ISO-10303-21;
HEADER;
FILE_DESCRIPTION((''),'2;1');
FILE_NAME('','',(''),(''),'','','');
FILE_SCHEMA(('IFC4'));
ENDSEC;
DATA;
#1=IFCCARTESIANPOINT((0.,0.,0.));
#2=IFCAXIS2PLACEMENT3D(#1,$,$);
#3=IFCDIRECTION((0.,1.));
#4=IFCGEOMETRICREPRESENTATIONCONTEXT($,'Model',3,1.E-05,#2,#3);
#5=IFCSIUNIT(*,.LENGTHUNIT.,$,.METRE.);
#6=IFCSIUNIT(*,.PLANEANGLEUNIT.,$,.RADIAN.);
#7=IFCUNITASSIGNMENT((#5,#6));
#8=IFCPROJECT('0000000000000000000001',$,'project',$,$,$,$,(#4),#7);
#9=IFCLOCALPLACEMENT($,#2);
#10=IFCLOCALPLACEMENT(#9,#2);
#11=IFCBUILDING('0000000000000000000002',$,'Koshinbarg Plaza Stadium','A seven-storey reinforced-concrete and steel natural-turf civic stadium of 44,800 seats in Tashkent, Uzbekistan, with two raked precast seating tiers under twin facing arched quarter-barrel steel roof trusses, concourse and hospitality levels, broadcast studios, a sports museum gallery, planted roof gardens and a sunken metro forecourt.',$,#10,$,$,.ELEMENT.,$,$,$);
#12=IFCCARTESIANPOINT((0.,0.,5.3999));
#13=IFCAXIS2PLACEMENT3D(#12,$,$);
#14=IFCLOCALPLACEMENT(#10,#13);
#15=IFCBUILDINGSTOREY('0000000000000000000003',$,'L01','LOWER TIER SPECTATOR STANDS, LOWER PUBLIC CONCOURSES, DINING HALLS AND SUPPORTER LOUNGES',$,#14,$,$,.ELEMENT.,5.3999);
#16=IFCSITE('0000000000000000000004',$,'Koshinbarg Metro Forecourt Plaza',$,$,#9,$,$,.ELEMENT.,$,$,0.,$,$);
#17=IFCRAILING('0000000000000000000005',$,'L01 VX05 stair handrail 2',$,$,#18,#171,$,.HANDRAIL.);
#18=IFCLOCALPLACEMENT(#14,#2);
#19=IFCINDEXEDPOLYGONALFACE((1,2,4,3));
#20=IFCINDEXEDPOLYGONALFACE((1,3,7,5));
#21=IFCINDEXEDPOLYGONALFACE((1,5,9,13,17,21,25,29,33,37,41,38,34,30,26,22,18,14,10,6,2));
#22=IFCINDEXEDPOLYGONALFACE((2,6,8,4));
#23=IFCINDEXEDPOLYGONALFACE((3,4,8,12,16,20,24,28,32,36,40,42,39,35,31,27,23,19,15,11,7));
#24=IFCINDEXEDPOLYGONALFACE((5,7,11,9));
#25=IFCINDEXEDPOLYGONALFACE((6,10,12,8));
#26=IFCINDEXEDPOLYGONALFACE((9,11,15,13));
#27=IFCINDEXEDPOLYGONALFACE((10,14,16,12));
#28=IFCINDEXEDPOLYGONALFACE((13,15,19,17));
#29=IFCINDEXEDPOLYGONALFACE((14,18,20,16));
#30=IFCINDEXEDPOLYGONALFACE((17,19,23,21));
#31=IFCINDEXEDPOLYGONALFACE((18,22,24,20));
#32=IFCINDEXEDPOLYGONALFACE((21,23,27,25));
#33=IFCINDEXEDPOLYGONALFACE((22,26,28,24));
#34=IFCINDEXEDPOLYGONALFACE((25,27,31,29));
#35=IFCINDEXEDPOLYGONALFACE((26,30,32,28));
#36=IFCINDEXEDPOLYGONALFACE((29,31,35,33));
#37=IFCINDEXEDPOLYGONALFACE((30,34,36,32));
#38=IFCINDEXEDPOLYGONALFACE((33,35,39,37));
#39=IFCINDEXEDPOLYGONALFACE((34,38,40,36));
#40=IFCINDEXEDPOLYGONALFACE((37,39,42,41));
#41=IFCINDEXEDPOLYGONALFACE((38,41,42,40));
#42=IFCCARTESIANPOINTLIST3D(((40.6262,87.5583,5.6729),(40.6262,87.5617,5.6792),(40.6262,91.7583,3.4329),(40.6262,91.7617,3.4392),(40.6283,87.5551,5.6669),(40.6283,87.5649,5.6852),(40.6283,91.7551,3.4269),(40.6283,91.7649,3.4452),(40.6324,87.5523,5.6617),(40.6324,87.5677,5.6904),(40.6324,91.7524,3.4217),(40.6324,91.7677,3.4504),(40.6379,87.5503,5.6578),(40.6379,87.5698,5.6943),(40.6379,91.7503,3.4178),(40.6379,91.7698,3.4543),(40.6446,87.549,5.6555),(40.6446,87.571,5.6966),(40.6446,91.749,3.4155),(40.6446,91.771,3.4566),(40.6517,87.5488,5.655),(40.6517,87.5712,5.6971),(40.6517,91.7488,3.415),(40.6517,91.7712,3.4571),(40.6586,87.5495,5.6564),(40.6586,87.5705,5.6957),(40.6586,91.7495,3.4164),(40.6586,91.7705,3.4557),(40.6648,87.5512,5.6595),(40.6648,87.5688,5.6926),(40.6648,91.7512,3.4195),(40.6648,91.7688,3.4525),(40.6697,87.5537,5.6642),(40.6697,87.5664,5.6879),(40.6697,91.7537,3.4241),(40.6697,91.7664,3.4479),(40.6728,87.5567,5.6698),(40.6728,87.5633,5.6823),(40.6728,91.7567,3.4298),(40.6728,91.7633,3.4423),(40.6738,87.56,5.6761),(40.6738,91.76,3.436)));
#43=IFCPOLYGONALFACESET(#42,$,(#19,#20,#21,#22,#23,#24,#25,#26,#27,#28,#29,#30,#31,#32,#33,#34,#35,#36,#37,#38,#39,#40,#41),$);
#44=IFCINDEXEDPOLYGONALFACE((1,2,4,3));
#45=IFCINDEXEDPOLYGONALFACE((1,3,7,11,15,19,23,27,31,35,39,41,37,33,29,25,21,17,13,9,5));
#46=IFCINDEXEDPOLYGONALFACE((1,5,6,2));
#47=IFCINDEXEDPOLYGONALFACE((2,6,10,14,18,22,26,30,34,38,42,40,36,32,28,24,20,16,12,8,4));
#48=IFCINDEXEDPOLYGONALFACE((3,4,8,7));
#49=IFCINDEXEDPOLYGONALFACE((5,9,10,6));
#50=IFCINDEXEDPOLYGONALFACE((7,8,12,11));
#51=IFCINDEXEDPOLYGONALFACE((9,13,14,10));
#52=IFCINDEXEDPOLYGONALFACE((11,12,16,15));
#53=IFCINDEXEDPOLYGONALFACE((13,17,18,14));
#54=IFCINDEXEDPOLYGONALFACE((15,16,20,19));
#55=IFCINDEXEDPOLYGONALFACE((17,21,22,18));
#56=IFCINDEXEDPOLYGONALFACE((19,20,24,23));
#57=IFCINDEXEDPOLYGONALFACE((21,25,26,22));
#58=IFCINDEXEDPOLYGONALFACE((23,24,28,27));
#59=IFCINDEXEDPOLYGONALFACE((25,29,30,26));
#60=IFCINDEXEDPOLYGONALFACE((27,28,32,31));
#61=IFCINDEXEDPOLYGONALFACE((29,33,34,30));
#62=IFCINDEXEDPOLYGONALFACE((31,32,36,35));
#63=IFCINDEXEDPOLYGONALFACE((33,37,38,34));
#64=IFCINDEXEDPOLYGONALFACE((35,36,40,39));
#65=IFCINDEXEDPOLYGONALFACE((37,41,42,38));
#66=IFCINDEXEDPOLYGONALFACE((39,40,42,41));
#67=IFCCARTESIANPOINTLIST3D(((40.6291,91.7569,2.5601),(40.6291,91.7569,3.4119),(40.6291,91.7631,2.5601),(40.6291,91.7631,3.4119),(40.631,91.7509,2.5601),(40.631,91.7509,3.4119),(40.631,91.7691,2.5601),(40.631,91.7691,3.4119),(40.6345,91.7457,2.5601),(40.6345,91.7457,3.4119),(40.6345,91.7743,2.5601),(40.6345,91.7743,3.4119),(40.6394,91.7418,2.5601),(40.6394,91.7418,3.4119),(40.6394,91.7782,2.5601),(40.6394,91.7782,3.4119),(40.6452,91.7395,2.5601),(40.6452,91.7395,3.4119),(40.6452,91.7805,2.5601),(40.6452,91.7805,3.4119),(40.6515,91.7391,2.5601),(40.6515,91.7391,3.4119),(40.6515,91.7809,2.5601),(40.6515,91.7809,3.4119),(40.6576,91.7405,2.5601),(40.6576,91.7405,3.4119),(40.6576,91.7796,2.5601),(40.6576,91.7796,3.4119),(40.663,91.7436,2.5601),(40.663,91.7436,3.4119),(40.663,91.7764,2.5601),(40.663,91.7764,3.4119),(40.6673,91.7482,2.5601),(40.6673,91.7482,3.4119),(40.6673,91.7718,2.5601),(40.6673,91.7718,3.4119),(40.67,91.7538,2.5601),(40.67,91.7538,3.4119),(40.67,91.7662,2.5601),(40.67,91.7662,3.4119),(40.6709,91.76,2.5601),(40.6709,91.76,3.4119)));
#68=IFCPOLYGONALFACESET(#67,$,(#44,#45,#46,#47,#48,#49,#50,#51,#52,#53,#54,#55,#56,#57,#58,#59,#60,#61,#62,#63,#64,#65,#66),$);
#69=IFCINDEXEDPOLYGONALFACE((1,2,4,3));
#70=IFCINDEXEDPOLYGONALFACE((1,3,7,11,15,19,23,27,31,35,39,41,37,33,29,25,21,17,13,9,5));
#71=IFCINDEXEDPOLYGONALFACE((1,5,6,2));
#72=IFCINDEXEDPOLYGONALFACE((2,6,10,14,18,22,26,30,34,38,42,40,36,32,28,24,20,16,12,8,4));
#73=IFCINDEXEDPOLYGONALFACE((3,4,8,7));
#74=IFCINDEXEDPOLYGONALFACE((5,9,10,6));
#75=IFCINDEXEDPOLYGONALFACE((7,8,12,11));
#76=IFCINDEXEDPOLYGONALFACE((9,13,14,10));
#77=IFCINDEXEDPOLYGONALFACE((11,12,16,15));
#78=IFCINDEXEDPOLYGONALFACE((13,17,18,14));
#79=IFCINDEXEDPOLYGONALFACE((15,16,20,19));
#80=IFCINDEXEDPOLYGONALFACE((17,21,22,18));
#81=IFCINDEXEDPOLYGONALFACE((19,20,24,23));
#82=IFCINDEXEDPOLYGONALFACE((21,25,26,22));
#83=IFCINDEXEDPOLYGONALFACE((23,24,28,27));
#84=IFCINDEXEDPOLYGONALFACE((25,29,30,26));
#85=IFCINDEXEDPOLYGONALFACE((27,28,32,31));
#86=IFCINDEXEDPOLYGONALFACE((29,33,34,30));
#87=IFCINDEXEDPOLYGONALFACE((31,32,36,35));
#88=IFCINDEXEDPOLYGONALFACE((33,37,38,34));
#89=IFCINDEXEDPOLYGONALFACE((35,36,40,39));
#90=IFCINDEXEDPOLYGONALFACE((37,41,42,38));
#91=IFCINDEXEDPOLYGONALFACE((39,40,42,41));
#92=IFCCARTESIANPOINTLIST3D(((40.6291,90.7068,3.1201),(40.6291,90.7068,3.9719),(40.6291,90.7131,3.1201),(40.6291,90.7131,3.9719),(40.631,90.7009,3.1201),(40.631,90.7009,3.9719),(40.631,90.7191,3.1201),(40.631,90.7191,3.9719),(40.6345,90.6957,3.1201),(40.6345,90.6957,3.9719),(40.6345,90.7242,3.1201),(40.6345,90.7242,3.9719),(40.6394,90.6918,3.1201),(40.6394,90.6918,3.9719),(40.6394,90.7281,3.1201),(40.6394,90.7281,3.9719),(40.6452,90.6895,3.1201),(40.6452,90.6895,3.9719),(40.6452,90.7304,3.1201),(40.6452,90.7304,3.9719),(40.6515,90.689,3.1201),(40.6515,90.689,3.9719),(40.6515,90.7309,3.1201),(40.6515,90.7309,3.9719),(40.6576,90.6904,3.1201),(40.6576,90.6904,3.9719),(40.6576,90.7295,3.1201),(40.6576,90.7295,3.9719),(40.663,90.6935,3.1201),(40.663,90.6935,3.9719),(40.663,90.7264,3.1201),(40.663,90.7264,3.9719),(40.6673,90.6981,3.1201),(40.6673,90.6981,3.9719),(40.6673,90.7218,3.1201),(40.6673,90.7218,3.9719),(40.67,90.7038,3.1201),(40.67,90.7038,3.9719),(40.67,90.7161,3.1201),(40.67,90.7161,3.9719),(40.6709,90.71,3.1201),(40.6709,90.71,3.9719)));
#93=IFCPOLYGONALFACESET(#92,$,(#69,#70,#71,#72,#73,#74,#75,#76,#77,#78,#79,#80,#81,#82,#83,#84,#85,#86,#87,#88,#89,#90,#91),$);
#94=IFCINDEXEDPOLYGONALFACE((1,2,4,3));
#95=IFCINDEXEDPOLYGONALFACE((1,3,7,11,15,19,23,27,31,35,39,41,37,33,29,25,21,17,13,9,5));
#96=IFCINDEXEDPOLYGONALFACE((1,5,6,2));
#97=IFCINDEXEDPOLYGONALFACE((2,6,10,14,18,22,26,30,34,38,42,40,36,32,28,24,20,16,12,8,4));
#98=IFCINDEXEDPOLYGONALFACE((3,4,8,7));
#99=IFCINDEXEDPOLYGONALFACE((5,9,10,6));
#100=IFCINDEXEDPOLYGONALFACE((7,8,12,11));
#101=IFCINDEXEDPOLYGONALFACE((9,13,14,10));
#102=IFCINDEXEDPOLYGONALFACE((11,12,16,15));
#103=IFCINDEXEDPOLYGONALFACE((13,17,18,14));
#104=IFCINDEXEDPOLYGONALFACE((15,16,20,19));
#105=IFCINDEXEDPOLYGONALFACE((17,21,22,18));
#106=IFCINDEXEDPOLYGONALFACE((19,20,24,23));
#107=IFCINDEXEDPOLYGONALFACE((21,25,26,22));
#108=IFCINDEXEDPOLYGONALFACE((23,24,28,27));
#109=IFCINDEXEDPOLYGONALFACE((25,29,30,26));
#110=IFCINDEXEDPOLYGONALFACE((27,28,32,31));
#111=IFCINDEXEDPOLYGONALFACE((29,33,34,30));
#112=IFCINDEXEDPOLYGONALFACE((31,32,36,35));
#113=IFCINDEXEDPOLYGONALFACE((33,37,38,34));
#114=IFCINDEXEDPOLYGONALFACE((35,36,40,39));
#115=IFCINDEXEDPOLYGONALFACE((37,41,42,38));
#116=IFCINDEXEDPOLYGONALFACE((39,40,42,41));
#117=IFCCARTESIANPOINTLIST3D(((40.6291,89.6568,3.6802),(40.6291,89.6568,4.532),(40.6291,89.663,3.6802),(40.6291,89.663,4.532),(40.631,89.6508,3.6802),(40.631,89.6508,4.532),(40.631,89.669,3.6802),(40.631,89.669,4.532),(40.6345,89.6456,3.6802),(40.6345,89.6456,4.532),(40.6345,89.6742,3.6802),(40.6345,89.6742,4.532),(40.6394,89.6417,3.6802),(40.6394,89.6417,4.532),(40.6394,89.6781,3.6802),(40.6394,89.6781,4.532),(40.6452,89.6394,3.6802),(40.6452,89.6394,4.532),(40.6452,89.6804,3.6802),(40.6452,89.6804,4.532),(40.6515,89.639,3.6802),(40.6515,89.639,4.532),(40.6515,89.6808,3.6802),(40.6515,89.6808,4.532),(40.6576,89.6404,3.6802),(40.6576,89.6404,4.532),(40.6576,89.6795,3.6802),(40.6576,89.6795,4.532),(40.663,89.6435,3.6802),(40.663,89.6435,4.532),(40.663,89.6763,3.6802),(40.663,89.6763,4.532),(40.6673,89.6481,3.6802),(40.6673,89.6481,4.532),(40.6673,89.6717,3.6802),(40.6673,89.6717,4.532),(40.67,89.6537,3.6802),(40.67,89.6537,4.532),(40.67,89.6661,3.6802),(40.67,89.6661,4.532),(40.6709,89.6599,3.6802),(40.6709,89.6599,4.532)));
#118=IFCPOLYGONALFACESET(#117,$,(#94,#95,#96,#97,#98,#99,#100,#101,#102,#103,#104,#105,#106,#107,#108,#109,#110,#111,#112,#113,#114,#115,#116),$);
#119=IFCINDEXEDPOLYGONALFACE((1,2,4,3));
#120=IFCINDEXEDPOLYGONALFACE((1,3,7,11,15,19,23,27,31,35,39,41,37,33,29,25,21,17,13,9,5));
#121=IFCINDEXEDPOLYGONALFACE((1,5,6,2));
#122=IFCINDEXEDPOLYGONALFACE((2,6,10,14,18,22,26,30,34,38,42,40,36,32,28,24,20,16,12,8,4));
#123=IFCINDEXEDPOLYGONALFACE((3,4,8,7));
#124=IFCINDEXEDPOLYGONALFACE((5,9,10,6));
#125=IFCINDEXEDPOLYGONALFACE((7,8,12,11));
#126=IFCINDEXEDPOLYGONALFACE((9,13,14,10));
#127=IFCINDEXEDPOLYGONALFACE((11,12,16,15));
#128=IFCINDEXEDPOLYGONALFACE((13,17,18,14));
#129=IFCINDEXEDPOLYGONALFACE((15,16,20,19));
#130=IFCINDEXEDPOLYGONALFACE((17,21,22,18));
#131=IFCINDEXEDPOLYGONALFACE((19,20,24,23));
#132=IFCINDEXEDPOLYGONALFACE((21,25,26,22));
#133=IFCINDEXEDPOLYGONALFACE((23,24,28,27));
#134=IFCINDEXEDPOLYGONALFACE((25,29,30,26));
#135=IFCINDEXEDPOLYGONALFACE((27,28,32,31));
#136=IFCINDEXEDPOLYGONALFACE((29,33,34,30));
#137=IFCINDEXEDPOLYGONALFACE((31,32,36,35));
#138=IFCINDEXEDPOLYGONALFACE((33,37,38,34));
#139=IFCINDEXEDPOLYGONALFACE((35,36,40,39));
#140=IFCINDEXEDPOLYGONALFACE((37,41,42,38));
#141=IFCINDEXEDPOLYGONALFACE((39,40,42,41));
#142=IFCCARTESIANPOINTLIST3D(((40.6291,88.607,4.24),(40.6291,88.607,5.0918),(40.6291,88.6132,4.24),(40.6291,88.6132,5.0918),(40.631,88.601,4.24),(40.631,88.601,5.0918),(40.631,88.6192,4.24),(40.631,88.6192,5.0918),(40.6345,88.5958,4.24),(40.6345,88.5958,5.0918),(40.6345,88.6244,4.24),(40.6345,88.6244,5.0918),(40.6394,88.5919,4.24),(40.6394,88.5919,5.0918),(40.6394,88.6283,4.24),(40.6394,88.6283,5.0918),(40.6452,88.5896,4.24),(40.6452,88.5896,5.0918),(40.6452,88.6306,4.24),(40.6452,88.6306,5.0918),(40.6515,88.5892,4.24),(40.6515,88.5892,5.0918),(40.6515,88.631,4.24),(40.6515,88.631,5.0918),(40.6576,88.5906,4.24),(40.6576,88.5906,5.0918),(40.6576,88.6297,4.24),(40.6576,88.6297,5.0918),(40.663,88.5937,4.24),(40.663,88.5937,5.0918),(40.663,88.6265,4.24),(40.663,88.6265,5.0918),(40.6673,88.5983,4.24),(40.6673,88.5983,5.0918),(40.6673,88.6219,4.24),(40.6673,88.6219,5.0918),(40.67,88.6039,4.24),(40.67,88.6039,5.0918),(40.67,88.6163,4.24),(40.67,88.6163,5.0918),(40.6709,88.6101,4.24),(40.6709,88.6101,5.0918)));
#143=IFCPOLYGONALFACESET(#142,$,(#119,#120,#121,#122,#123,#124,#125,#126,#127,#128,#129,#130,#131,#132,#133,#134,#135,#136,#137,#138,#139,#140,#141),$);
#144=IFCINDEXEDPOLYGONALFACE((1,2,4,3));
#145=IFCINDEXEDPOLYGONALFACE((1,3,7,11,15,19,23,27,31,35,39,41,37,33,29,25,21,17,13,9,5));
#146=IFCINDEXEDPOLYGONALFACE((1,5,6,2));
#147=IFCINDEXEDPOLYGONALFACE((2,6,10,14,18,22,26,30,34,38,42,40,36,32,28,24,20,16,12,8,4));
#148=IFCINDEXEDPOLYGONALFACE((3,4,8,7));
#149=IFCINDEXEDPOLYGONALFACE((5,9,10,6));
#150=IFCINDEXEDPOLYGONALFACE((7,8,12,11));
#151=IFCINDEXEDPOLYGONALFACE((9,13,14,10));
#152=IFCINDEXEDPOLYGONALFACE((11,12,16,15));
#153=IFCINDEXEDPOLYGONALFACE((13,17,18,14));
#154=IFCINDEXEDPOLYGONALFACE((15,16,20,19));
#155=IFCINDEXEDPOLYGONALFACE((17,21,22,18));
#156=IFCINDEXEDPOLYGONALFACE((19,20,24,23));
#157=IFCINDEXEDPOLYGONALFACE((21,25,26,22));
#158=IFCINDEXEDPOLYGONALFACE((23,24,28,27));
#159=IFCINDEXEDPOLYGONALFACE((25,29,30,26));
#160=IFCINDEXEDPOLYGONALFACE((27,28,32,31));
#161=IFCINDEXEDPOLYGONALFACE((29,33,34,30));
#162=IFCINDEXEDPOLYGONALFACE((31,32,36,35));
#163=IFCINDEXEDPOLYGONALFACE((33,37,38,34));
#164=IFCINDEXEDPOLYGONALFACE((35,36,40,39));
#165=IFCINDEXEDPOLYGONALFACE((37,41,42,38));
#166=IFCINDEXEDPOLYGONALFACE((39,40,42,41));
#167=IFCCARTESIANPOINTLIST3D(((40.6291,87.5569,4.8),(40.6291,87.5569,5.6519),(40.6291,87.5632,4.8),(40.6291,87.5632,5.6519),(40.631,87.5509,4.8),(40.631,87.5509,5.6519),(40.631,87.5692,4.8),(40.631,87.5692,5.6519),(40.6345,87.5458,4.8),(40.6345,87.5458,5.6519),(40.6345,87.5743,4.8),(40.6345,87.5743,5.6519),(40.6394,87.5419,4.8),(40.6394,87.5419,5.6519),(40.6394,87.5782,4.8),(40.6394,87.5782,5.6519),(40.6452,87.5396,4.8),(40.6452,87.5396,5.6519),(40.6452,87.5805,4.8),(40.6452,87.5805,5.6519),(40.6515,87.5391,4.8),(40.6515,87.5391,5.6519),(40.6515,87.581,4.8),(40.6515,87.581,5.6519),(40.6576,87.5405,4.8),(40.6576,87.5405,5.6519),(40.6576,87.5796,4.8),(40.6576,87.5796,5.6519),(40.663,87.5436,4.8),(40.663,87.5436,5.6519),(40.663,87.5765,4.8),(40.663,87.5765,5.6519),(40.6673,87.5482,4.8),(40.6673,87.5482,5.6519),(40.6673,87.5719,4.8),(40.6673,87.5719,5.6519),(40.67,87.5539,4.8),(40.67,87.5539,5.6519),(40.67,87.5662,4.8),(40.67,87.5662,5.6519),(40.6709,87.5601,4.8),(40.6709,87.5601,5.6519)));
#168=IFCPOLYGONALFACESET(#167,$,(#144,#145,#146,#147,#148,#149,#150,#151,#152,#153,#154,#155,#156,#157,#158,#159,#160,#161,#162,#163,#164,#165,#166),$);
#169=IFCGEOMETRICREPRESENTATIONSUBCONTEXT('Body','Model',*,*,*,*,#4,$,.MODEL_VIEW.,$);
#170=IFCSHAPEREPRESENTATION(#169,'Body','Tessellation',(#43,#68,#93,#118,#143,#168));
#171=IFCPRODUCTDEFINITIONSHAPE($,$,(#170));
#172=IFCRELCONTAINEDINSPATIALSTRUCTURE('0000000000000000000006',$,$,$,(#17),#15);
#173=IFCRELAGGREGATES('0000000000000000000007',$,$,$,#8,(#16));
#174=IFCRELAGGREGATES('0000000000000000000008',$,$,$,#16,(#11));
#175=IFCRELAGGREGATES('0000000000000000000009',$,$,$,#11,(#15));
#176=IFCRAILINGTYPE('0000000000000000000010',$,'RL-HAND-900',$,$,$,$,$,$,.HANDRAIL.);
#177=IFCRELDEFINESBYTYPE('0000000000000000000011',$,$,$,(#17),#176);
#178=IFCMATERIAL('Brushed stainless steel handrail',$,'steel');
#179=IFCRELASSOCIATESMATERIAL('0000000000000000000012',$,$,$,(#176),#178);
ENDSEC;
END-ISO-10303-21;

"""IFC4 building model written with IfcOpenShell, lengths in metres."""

from ifc_helpers import new_model, si_unit, direction, frame, origin, origin_2d, place, context, subcontext, project, spatial, circle, extrude, material, type_object, element, save


model = new_model("IFC4")

# Units and contexts
model_context = context("Model", 3, precision=1e-05, world=origin(), true_north=direction((0.0, 1.0)))
body_context = subcontext(model_context, "Body", "Model", "MODEL_VIEW")
ifc_project = project(units=[si_unit("LENGTHUNIT", "METRE"), si_unit("PLANEANGLEUNIT", "RADIAN")], contexts=[model_context])

# Site, building, storey
site_placement = place(None, origin())
site = spatial("IfcSite", under=ifc_project, at=site_placement, Name="Koshinbarg Metro Forecourt Plaza", CompositionType="ELEMENT", RefElevation=0.0)
building_placement = place(site_placement, origin())
building = spatial("IfcBuilding", under=site, at=building_placement, Name="Koshinbarg Plaza Stadium", Description="A seven-storey reinforced-concrete and steel natural-turf civic stadium of 44,800 seats in Tashkent, Uzbekistan, with two raked precast seating tiers under twin facing arched quarter-barrel steel roof trusses, concourse and hospitality levels, broadcast studios, a sports museum gallery, planted roof gardens and a sunken metro forecourt.", CompositionType="ELEMENT")
storey_placement = place(building_placement, frame((0.0, 0.0, 5.3999)))
storey = spatial("IfcBuildingStorey", under=building, at=storey_placement, Name="L01", Description="LOWER TIER SPECTATOR STANDS, LOWER PUBLIC CONCOURSES, DINING HALLS AND SUPPORTER LOUNGES", CompositionType="ELEMENT", Elevation=5.3999)

# Railing
ifc_material_1 = material(Name="Brushed stainless steel handrail", Category="steel")
railing_type_1 = type_object("IfcRailingType", Name="RL-HAND-900", PredefinedType="HANDRAIL", material=ifc_material_1)
railing_1_placement = place(storey_placement, frame((40.6499, 91.76, 2.5601)))
element("IfcRailing", 1, at=railing_1_placement, inside=storey, type_object=railing_type_1, Name="L01 VX05 stair handrail 2", PredefinedType="HANDRAIL", context=body_context, shape_type="SweptSolid", body=[
    extrude(circle(Radius=0.0239, at=origin_2d()), frame((0.0, 0.0, 0.876), z_axis=(0.0, -0.882352, 0.470591), x_axis=(1.0, 0.0, 0.0)), (0.0, 0.0, 1.0), 4.76),
    extrude(circle(Radius=0.021, at=origin_2d()), origin(), (0.0, 0.0, 1.0), 0.8518),
    extrude(circle(Radius=0.021, at=origin_2d()), frame((0.0, -1.05, 0.5601)), (0.0, 0.0, 1.0), 0.8518),
    extrude(circle(Radius=0.021, at=origin_2d()), frame((0.0, -2.1001, 1.1201)), (0.0, 0.0, 1.0), 0.8518),
    extrude(circle(Radius=0.021, at=origin_2d()), frame((0.0, -3.1499, 1.6799)), (0.0, 0.0, 1.0), 0.8518),
    extrude(circle(Radius=0.021, at=origin_2d()), frame((0.0, -4.2, 2.24)), (0.0, 0.0, 1.0), 0.8518),
])

save(model, "model.ifc")
